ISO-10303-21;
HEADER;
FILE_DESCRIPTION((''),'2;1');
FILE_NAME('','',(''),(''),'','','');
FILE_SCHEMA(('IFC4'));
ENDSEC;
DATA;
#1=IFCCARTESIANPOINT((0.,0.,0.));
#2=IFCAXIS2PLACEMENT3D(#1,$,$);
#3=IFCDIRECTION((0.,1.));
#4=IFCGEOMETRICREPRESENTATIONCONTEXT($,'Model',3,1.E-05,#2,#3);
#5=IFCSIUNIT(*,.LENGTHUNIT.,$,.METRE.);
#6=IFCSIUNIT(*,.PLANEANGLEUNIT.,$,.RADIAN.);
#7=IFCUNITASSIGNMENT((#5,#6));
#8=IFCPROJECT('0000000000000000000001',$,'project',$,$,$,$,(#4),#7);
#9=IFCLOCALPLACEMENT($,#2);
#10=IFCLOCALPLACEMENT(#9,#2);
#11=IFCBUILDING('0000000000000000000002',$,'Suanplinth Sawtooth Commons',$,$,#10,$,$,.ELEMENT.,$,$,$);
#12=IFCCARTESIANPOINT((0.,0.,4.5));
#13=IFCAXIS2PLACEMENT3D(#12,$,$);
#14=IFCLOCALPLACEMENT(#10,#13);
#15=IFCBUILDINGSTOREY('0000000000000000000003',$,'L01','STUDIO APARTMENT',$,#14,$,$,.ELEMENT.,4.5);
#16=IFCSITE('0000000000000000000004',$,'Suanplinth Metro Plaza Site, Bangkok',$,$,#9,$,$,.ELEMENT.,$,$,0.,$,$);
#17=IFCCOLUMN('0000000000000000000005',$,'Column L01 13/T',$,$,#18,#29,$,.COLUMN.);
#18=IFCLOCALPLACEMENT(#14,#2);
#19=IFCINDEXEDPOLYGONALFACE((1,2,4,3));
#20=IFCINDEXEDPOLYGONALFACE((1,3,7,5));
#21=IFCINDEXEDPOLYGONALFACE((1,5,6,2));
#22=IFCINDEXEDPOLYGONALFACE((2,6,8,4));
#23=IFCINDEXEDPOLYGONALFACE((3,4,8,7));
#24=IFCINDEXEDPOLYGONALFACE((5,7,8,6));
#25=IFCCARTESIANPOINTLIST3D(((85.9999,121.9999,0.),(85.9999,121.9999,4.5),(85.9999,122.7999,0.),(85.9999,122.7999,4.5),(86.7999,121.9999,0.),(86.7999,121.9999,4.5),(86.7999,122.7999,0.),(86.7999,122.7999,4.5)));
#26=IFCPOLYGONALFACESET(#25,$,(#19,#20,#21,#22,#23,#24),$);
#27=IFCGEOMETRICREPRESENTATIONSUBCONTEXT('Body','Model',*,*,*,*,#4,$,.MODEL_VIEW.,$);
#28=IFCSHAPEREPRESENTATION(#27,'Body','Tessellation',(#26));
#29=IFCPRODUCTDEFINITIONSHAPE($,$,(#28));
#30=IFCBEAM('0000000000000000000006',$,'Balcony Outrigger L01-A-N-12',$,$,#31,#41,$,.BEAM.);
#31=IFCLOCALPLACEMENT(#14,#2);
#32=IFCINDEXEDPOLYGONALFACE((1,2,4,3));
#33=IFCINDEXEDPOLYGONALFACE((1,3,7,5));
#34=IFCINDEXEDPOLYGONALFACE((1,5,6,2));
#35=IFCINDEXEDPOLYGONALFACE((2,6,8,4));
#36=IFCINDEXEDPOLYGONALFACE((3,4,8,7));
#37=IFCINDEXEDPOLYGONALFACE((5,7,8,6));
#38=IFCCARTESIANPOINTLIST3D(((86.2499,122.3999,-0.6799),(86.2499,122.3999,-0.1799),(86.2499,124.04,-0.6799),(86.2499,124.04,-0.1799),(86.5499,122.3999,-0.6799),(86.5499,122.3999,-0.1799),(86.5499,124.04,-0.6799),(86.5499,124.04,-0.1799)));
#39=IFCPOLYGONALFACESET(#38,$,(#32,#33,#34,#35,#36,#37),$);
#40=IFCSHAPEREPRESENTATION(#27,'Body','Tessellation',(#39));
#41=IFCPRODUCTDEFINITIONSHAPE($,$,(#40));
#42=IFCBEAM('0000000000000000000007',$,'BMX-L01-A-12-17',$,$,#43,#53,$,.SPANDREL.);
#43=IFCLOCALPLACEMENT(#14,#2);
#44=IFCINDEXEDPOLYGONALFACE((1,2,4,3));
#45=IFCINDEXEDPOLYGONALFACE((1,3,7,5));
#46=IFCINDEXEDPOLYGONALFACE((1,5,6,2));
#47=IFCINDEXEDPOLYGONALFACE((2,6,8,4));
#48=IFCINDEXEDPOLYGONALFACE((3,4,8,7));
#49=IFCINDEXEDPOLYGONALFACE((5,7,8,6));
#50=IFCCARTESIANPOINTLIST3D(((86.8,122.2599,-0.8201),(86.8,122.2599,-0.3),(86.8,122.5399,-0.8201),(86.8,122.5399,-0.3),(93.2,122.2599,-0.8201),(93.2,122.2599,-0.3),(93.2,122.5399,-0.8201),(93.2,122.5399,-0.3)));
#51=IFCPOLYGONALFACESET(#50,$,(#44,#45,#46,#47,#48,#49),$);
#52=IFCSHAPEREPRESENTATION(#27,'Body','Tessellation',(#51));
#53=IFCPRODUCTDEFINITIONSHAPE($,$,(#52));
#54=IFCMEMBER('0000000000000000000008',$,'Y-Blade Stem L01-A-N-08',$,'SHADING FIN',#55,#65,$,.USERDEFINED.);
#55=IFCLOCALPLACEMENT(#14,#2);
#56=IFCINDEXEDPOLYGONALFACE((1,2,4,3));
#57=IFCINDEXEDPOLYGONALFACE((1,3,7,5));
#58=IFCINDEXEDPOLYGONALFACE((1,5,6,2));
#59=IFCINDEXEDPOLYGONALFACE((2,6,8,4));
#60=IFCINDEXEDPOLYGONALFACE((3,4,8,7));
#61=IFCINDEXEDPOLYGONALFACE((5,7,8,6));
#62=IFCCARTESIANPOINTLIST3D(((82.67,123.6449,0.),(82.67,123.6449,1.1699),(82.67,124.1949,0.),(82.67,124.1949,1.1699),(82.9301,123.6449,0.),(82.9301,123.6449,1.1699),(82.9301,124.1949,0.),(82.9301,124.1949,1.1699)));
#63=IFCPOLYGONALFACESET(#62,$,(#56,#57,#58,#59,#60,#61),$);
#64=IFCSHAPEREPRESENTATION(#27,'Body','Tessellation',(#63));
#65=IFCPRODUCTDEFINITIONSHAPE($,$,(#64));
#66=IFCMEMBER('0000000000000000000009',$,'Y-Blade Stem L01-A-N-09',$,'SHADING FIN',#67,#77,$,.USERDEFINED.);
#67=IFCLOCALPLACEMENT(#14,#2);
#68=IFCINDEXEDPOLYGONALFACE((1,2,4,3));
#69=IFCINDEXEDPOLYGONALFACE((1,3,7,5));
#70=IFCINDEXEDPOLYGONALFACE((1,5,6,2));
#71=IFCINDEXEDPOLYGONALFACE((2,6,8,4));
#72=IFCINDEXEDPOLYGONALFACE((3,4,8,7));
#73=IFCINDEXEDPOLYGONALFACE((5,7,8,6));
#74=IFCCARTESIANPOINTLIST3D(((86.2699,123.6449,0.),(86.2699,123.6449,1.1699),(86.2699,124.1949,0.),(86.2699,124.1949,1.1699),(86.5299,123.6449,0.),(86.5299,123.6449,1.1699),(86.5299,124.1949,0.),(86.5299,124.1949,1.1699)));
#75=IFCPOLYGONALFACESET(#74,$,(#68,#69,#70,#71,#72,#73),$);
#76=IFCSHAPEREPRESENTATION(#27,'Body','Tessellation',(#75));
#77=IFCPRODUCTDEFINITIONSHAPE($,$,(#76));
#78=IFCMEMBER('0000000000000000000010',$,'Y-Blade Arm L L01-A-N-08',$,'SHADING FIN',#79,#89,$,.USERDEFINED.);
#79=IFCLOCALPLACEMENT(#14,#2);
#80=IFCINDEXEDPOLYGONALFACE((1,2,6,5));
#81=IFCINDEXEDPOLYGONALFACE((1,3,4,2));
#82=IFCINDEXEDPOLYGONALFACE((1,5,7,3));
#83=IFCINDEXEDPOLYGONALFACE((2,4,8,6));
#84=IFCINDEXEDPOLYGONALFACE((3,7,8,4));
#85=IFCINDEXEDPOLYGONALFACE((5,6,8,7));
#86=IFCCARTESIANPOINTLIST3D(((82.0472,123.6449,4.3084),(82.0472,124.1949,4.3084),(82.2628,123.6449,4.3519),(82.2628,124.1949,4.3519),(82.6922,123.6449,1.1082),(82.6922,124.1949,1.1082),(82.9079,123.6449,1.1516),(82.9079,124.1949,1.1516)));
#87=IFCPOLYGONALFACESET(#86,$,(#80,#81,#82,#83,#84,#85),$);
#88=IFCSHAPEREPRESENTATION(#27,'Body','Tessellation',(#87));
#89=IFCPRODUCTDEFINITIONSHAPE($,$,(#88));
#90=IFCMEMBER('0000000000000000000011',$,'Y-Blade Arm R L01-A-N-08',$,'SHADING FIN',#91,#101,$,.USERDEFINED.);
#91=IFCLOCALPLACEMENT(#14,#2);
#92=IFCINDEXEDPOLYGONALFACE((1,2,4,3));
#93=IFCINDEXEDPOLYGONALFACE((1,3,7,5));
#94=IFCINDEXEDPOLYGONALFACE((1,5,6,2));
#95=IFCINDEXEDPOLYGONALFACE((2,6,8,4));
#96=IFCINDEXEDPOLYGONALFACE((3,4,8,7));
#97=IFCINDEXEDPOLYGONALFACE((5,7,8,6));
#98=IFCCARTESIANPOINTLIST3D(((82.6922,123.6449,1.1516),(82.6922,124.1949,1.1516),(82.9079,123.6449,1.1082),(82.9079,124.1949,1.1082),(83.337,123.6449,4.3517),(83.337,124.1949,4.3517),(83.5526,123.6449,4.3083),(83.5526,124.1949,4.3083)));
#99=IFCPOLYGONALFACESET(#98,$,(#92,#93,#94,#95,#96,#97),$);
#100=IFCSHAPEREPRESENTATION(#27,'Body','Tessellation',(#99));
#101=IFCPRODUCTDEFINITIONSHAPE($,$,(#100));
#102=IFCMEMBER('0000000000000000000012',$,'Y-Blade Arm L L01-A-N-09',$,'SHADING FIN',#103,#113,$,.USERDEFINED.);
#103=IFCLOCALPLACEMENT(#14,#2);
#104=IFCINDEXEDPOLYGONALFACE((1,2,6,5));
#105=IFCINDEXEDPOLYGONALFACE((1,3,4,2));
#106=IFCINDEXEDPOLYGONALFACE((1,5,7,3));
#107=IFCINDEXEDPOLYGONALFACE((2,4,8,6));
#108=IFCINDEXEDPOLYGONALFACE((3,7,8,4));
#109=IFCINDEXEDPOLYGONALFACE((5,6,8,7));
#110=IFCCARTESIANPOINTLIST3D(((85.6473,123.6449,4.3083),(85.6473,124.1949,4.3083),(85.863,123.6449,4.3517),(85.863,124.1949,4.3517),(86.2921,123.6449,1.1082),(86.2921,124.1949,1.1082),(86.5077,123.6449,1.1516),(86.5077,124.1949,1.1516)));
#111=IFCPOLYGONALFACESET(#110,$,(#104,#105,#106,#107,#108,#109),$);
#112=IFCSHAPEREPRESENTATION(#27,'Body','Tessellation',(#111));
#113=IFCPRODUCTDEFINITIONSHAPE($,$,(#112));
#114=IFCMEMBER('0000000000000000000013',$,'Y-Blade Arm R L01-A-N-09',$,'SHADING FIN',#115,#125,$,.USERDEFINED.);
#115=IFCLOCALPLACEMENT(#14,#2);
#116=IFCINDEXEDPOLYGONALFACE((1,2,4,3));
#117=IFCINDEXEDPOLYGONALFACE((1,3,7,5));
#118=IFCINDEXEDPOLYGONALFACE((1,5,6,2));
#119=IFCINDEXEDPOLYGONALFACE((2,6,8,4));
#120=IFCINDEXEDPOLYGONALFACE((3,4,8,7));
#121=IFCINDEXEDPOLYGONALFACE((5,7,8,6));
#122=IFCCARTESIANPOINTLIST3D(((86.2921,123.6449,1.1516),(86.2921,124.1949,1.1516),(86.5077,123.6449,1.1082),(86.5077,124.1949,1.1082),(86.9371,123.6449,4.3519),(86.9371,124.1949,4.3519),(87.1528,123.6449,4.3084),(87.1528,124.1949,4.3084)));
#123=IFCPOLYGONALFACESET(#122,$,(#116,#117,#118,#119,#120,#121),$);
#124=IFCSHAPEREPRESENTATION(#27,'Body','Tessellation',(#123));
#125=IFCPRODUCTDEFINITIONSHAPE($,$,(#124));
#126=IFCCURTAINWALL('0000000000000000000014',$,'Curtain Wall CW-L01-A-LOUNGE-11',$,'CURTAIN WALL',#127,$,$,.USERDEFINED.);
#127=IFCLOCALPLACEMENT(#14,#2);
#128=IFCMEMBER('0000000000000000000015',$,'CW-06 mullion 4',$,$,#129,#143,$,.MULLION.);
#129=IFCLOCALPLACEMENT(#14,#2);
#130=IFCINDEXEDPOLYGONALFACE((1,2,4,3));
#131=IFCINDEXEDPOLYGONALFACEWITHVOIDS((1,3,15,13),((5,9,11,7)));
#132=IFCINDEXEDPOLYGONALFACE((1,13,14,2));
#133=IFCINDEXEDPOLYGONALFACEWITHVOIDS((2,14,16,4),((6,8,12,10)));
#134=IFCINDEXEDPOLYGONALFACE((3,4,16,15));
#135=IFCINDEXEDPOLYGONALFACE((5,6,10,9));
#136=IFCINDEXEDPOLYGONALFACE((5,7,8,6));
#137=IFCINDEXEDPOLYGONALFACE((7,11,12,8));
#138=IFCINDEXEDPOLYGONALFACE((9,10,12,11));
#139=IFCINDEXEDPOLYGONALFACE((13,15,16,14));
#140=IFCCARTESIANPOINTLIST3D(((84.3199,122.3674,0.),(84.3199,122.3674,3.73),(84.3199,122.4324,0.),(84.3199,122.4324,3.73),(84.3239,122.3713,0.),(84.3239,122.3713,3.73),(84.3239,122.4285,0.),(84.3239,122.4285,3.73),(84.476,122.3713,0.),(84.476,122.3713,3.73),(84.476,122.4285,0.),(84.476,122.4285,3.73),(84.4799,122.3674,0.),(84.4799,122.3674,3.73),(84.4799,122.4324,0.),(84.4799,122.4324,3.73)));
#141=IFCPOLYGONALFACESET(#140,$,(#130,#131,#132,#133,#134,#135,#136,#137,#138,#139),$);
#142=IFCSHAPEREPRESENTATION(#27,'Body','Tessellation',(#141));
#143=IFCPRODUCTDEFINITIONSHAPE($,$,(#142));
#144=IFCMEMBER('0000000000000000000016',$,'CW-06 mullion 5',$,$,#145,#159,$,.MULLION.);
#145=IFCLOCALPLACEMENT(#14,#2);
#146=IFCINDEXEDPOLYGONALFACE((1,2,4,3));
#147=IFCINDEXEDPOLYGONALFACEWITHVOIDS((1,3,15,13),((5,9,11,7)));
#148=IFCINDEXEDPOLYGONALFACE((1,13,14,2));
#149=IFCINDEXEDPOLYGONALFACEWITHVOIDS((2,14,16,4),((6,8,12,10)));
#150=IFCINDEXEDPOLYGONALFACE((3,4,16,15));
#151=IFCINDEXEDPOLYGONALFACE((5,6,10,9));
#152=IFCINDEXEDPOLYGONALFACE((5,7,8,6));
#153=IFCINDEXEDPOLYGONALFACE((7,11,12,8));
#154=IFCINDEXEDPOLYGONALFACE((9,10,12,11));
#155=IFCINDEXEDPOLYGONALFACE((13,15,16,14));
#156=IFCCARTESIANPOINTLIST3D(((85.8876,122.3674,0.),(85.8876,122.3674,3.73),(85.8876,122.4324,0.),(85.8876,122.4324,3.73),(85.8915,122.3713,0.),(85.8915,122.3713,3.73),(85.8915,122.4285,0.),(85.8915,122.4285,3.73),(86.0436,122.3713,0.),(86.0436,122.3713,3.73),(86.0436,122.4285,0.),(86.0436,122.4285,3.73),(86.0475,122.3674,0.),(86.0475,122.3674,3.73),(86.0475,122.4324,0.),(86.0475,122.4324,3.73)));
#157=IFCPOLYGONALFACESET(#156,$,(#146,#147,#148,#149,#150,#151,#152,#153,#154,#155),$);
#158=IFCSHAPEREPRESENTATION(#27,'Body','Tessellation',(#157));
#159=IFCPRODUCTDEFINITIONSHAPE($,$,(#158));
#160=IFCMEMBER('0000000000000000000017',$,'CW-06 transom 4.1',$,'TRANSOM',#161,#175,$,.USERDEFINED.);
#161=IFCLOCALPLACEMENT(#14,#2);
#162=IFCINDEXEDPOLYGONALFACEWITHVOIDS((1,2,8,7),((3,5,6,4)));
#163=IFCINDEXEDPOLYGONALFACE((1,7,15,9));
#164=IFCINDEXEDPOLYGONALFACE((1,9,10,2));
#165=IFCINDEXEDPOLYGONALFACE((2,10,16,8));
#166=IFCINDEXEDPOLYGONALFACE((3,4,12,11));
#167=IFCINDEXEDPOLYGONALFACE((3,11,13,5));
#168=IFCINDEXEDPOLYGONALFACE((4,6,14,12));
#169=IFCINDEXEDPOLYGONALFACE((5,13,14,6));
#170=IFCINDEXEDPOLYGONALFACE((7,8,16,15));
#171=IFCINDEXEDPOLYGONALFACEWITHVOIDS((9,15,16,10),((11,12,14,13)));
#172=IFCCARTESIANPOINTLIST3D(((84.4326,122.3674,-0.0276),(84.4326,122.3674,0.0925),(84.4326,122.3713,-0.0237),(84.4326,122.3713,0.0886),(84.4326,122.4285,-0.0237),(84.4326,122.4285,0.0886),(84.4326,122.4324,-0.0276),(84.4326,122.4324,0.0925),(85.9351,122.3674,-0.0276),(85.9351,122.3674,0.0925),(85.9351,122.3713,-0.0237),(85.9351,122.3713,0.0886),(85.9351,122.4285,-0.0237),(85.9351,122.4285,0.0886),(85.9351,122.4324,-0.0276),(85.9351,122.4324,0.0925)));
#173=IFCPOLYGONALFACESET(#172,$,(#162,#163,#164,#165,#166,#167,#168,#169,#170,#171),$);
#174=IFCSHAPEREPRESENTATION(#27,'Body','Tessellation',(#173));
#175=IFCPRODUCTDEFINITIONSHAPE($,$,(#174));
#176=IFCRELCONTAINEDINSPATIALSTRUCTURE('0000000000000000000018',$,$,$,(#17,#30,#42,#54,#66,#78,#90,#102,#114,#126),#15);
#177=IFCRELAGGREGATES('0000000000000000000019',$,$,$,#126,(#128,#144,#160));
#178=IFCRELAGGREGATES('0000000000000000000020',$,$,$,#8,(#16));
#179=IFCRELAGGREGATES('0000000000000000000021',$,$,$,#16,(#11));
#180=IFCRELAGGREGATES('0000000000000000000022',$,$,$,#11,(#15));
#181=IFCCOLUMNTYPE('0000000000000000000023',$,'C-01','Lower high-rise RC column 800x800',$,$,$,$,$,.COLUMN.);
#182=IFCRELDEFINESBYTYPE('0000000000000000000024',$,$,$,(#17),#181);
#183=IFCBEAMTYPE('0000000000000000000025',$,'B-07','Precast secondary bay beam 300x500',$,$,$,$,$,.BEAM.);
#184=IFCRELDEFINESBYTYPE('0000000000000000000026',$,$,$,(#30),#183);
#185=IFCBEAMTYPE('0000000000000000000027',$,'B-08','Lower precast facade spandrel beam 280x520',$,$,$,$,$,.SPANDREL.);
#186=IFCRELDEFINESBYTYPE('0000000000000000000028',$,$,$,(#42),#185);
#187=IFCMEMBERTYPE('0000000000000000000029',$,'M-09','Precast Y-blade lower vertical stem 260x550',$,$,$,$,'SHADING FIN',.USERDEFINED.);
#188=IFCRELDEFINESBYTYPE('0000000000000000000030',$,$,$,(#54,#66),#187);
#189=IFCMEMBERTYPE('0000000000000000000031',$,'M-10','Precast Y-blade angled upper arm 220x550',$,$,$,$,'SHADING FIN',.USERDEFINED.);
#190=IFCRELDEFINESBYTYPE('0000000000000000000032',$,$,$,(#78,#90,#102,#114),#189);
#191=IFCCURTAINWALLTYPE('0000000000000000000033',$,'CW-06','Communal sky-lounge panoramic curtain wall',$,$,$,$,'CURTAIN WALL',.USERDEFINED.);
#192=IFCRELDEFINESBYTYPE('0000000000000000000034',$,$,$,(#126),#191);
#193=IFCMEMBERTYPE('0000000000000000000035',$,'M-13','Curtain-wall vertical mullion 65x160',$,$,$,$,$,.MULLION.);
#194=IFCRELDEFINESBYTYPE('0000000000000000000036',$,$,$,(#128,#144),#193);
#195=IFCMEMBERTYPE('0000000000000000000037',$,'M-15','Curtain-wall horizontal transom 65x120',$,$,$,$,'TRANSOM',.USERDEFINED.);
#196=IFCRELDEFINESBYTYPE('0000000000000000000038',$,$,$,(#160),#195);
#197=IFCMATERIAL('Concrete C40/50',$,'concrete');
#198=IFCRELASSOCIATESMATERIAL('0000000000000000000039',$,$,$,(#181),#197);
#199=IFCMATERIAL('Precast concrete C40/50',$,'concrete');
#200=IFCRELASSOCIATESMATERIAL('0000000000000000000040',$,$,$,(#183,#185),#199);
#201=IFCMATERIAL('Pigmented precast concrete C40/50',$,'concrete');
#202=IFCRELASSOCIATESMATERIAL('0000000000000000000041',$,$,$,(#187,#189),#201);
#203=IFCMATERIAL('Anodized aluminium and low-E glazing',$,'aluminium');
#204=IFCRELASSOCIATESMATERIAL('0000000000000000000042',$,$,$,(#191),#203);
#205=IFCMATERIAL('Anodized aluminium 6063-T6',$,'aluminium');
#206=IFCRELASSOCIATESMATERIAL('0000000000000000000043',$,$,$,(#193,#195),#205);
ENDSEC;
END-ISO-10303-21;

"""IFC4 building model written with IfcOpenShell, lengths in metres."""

from ifc_helpers import new_model, si_unit, direction, frame, origin, origin_2d, place, context, subcontext, project, spatial, rectangle, hollow_rectangle, extrude, material, material_profile, profile_set, type_object, element, aggregate, save


model = new_model("IFC4")

# Units and contexts
model_context = context("Model", 3, precision=1e-05, world=origin(), true_north=direction((0.0, 1.0)))
body_context = subcontext(model_context, "Body", "Model", "MODEL_VIEW")
ifc_project = project(units=[si_unit("LENGTHUNIT", "METRE"), si_unit("PLANEANGLEUNIT", "RADIAN")], contexts=[model_context])

# Site, building, storey
site_placement = place(None, origin())
site = spatial("IfcSite", under=ifc_project, at=site_placement, Name="Suanplinth Metro Plaza Site, Bangkok", CompositionType="ELEMENT", RefElevation=0.0)
building_placement = place(site_placement, origin())
building = spatial("IfcBuilding", under=site, at=building_placement, Name="Suanplinth Sawtooth Commons", CompositionType="ELEMENT")
storey_placement = place(building_placement, frame((0.0, 0.0, 4.5)))
storey = spatial("IfcBuildingStorey", under=building, at=storey_placement, Name="L01", Description="STUDIO APARTMENT", CompositionType="ELEMENT", Elevation=4.5)

# Column
ifc_material_1 = material(Name="Concrete C40/50", Category="concrete")
ifc_material_profile_1 = material_profile(ifc_material_1, rectangle(XDim=0.8, YDim=0.8, at=origin_2d()), Name="RC-COL 800x800")
ifc_profile_set_1 = profile_set([ifc_material_profile_1], Name="Concrete C40/50")
column_type = type_object("IfcColumnType", Name="C-01", Description="Lower high-rise RC column 800x800", PredefinedType="COLUMN", material=ifc_profile_set_1)
column_placement = place(storey_placement, frame((86.3999, 122.3999, 0.0), z_axis=(0.0, 0.0, 1.0), x_axis=(1.0, 0.0, 0.0)))
element("IfcColumn", 1, at=column_placement, inside=storey, type_object=column_type, Name="Column L01 13/T", PredefinedType="COLUMN", context=body_context, shape_type="SweptSolid", body=[
    extrude(rectangle(XDim=0.8, YDim=0.8, at=origin_2d()), origin(), (0.0, 0.0, 1.0), 4.5),
])

# Beams
ifc_material_2 = material(Name="Precast concrete C40/50", Category="concrete")
ifc_material_profile_2 = material_profile(ifc_material_2, rectangle(XDim=0.3, YDim=0.5, at=origin_2d()), Name="PC-BM 300x500")
ifc_profile_set_2 = profile_set([ifc_material_profile_2], Name="Precast concrete C40/50")
beam_type_1 = type_object("IfcBeamType", Name="B-07", Description="Precast secondary bay beam 300x500", PredefinedType="BEAM", material=ifc_profile_set_2)
beam_1_placement = place(storey_placement, frame((86.3999, 122.3999, -0.4299), z_axis=(0.0, 1.0, 0.0), x_axis=(-1.0, 0.0, 0.0)))
element("IfcBeam", 2, at=beam_1_placement, inside=storey, type_object=beam_type_1, Name="Balcony Outrigger L01-A-N-12", PredefinedType="BEAM", context=body_context, shape_type="SweptSolid", body=[
    extrude(rectangle(XDim=0.3, YDim=0.5, at=origin_2d()), origin(), (0.0, 0.0, 1.0), 1.6401),
])
ifc_material_profile_3 = material_profile(ifc_material_2, rectangle(XDim=0.28, YDim=0.52, at=origin_2d()), Name="PC-SP 280x520")
ifc_profile_set_3 = profile_set([ifc_material_profile_3], Name="Precast concrete C40/50")
beam_type_2 = type_object("IfcBeamType", Name="B-08", Description="Lower precast facade spandrel beam 280x520", PredefinedType="SPANDREL", material=ifc_profile_set_3)
beam_2_placement = place(storey_placement, frame((86.8, 122.3999, -0.5601), z_axis=(1.0, 0.0, 0.0), x_axis=(0.0, 1.0, 0.0)))
element("IfcBeam", 3, at=beam_2_placement, inside=storey, type_object=beam_type_2, Name="BMX-L01-A-12-17", PredefinedType="SPANDREL", context=body_context, shape_type="SweptSolid", body=[
    extrude(rectangle(XDim=0.28, YDim=0.52, at=origin_2d()), origin(), (0.0, 0.0, 1.0), 6.3999),
])

# Members
ifc_material_3 = material(Name="Pigmented precast concrete C40/50", Category="concrete")
ifc_material_profile_4 = material_profile(ifc_material_3, rectangle(XDim=0.26, YDim=0.55, at=origin_2d()), Name="PC-FIN 260x550")
ifc_profile_set_4 = profile_set([ifc_material_profile_4], Name="Pigmented precast concrete C40/50")
member_type_1 = type_object("IfcMemberType", Name="M-09", Description="Precast Y-blade lower vertical stem 260x550", ElementType="SHADING FIN", PredefinedType="USERDEFINED", material=ifc_profile_set_4)
for number, where, z_axis, x_axis, name in (
    (4, (82.8, 123.9199, 0.0), (0.0, 0.0, 1.0), (1.0, 0.0, 0.0), "Y-Blade Stem L01-A-N-08"),
    (5, (86.3999, 123.9199, 0.0), (0.0, 0.0, 1.0), (1.0, 0.0, 0.0), "Y-Blade Stem L01-A-N-09"),
):
    element("IfcMember", number, at=place(storey_placement, frame(where, z_axis=z_axis, x_axis=x_axis)), inside=storey, type_object=member_type_1, Name=name, ObjectType="SHADING FIN", PredefinedType="USERDEFINED", context=body_context, shape_type="SweptSolid", body=[
        extrude(rectangle(XDim=0.26, YDim=0.55, at=origin_2d()), origin(), (0.0, 0.0, 1.0), 1.1699),
    ])
ifc_material_profile_5 = material_profile(ifc_material_3, rectangle(XDim=0.22, YDim=0.55, at=origin_2d()), Name="PC-FIN 220x550")
ifc_profile_set_5 = profile_set([ifc_material_profile_5], Name="Pigmented precast concrete C40/50")
member_type_2 = type_object("IfcMemberType", Name="M-10", Description="Precast Y-blade angled upper arm 220x550", ElementType="SHADING FIN", PredefinedType="USERDEFINED", material=ifc_profile_set_5)
member_1_placement = place(storey_placement, frame((82.8, 123.9199, 1.1299), z_axis=(-0.197583, 0.0, 0.980286), x_axis=(0.980286, 0.0, 0.197583)))
element("IfcMember", 6, at=member_1_placement, inside=storey, type_object=member_type_2, Name="Y-Blade Arm L L01-A-N-08", ObjectType="SHADING FIN", PredefinedType="USERDEFINED", context=body_context, shape_type="SweptSolid", body=[
    extrude(rectangle(XDim=0.22, YDim=0.55, at=origin_2d()), origin(), (0.0, 0.0, 1.0), 3.2646),
])
for number, where, z_axis, x_axis, name in (
    (7, (82.8, 123.9199, 1.1299), (0.197511, 0.0, 0.980301), (-0.980301, 0.0, 0.197511), "Y-Blade Arm R L01-A-N-08"),
    (8, (86.3999, 123.9199, 1.1299), (-0.197511, 0.0, 0.980301), (0.980301, 0.0, 0.197511), "Y-Blade Arm L L01-A-N-09"),
):
    element("IfcMember", number, at=place(storey_placement, frame(where, z_axis=z_axis, x_axis=x_axis)), inside=storey, type_object=member_type_2, Name=name, ObjectType="SHADING FIN", PredefinedType="USERDEFINED", context=body_context, shape_type="SweptSolid", body=[
        extrude(rectangle(XDim=0.22, YDim=0.55, at=origin_2d()), origin(), (0.0, 0.0, 1.0), 3.2644),
    ])
member_2_placement = place(storey_placement, frame((86.3999, 123.9199, 1.1299), z_axis=(0.197583, 0.0, 0.980286), x_axis=(-0.980286, 0.0, 0.197583)))
element("IfcMember", 9, at=member_2_placement, inside=storey, type_object=member_type_2, Name="Y-Blade Arm R L01-A-N-09", ObjectType="SHADING FIN", PredefinedType="USERDEFINED", context=body_context, shape_type="SweptSolid", body=[
    extrude(rectangle(XDim=0.22, YDim=0.55, at=origin_2d()), origin(), (0.0, 0.0, 1.0), 3.2646),
])

# Curtain wall, members
ifc_material_4 = material(Name="Anodized aluminium and low-E glazing", Category="aluminium")
curtain_wall_type = type_object("IfcCurtainWallType", Name="CW-06", Description="Communal sky-lounge panoramic curtain wall", ElementType="CURTAIN WALL", PredefinedType="USERDEFINED", material=ifc_material_4)
curtain_wall_placement = place(storey_placement, origin())
curtain_wall = element("IfcCurtainWall", 10, at=curtain_wall_placement, inside=storey, type_object=curtain_wall_type, Name="Curtain Wall CW-L01-A-LOUNGE-11", ObjectType="CURTAIN WALL", PredefinedType="USERDEFINED")
ifc_material_5 = material(Name="Anodized aluminium 6063-T6", Category="aluminium")
ifc_material_profile_6 = material_profile(ifc_material_5, hollow_rectangle(XDim=0.0649, YDim=0.1599, WallThickness=0.0039, at=origin_2d()), Name="ALU-MUL 65x160")
ifc_profile_set_6 = profile_set([ifc_material_profile_6], Name="Anodized aluminium 6063-T6")
member_type_3 = type_object("IfcMemberType", Name="M-13", Description="Curtain-wall vertical mullion 65x160", PredefinedType="MULLION", material=ifc_profile_set_6)
member_3_placement = place(storey_placement, frame((84.3999, 122.3999, 0.0), z_axis=(0.0, 0.0, 1.0), x_axis=(0.0, 1.0, 0.0)))
member_3 = element("IfcMember", 11, at=member_3_placement, type_object=member_type_3, Name="CW-06 mullion 4", PredefinedType="MULLION", context=body_context, shape_type="SweptSolid", body=[
    extrude(hollow_rectangle(XDim=0.0649, YDim=0.1599, WallThickness=0.0039, at=origin_2d()), origin(), (0.0, 0.0, 1.0), 3.73),
])
member_4_placement = place(storey_placement, frame((85.9675, 122.3999, 0.0), z_axis=(0.0, 0.0, 1.0), x_axis=(0.0, 1.0, 0.0)))
member_4 = element("IfcMember", 12, at=member_4_placement, type_object=member_type_3, Name="CW-06 mullion 5", PredefinedType="MULLION", context=body_context, shape_type="SweptSolid", body=[
    extrude(hollow_rectangle(XDim=0.0649, YDim=0.1599, WallThickness=0.0039, at=origin_2d()), origin(), (0.0, 0.0, 1.0), 3.73),
])
ifc_material_profile_7 = material_profile(ifc_material_5, hollow_rectangle(XDim=0.0649, YDim=0.1201, WallThickness=0.0039, at=origin_2d()), Name="ALU-TRN 65x120")
ifc_profile_set_7 = profile_set([ifc_material_profile_7], Name="Anodized aluminium 6063-T6")
member_type_4 = type_object("IfcMemberType", Name="M-15", Description="Curtain-wall horizontal transom 65x120", ElementType="TRANSOM", PredefinedType="USERDEFINED", material=ifc_profile_set_7)
member_5_placement = place(storey_placement, frame((84.4326, 122.3999, 0.0325), z_axis=(1.0, 0.0, 0.0), x_axis=(0.0, 1.0, 0.0)))
member_5 = element("IfcMember", 13, at=member_5_placement, type_object=member_type_4, Name="CW-06 transom 4.1", ObjectType="TRANSOM", PredefinedType="USERDEFINED", context=body_context, shape_type="SweptSolid", body=[
    extrude(hollow_rectangle(XDim=0.0649, YDim=0.1201, WallThickness=0.0039, at=origin_2d()), origin(), (0.0, 0.0, 1.0), 1.5024),
])

aggregate(curtain_wall, [member_3, member_4, member_5])

save(model, "model.ifc")
